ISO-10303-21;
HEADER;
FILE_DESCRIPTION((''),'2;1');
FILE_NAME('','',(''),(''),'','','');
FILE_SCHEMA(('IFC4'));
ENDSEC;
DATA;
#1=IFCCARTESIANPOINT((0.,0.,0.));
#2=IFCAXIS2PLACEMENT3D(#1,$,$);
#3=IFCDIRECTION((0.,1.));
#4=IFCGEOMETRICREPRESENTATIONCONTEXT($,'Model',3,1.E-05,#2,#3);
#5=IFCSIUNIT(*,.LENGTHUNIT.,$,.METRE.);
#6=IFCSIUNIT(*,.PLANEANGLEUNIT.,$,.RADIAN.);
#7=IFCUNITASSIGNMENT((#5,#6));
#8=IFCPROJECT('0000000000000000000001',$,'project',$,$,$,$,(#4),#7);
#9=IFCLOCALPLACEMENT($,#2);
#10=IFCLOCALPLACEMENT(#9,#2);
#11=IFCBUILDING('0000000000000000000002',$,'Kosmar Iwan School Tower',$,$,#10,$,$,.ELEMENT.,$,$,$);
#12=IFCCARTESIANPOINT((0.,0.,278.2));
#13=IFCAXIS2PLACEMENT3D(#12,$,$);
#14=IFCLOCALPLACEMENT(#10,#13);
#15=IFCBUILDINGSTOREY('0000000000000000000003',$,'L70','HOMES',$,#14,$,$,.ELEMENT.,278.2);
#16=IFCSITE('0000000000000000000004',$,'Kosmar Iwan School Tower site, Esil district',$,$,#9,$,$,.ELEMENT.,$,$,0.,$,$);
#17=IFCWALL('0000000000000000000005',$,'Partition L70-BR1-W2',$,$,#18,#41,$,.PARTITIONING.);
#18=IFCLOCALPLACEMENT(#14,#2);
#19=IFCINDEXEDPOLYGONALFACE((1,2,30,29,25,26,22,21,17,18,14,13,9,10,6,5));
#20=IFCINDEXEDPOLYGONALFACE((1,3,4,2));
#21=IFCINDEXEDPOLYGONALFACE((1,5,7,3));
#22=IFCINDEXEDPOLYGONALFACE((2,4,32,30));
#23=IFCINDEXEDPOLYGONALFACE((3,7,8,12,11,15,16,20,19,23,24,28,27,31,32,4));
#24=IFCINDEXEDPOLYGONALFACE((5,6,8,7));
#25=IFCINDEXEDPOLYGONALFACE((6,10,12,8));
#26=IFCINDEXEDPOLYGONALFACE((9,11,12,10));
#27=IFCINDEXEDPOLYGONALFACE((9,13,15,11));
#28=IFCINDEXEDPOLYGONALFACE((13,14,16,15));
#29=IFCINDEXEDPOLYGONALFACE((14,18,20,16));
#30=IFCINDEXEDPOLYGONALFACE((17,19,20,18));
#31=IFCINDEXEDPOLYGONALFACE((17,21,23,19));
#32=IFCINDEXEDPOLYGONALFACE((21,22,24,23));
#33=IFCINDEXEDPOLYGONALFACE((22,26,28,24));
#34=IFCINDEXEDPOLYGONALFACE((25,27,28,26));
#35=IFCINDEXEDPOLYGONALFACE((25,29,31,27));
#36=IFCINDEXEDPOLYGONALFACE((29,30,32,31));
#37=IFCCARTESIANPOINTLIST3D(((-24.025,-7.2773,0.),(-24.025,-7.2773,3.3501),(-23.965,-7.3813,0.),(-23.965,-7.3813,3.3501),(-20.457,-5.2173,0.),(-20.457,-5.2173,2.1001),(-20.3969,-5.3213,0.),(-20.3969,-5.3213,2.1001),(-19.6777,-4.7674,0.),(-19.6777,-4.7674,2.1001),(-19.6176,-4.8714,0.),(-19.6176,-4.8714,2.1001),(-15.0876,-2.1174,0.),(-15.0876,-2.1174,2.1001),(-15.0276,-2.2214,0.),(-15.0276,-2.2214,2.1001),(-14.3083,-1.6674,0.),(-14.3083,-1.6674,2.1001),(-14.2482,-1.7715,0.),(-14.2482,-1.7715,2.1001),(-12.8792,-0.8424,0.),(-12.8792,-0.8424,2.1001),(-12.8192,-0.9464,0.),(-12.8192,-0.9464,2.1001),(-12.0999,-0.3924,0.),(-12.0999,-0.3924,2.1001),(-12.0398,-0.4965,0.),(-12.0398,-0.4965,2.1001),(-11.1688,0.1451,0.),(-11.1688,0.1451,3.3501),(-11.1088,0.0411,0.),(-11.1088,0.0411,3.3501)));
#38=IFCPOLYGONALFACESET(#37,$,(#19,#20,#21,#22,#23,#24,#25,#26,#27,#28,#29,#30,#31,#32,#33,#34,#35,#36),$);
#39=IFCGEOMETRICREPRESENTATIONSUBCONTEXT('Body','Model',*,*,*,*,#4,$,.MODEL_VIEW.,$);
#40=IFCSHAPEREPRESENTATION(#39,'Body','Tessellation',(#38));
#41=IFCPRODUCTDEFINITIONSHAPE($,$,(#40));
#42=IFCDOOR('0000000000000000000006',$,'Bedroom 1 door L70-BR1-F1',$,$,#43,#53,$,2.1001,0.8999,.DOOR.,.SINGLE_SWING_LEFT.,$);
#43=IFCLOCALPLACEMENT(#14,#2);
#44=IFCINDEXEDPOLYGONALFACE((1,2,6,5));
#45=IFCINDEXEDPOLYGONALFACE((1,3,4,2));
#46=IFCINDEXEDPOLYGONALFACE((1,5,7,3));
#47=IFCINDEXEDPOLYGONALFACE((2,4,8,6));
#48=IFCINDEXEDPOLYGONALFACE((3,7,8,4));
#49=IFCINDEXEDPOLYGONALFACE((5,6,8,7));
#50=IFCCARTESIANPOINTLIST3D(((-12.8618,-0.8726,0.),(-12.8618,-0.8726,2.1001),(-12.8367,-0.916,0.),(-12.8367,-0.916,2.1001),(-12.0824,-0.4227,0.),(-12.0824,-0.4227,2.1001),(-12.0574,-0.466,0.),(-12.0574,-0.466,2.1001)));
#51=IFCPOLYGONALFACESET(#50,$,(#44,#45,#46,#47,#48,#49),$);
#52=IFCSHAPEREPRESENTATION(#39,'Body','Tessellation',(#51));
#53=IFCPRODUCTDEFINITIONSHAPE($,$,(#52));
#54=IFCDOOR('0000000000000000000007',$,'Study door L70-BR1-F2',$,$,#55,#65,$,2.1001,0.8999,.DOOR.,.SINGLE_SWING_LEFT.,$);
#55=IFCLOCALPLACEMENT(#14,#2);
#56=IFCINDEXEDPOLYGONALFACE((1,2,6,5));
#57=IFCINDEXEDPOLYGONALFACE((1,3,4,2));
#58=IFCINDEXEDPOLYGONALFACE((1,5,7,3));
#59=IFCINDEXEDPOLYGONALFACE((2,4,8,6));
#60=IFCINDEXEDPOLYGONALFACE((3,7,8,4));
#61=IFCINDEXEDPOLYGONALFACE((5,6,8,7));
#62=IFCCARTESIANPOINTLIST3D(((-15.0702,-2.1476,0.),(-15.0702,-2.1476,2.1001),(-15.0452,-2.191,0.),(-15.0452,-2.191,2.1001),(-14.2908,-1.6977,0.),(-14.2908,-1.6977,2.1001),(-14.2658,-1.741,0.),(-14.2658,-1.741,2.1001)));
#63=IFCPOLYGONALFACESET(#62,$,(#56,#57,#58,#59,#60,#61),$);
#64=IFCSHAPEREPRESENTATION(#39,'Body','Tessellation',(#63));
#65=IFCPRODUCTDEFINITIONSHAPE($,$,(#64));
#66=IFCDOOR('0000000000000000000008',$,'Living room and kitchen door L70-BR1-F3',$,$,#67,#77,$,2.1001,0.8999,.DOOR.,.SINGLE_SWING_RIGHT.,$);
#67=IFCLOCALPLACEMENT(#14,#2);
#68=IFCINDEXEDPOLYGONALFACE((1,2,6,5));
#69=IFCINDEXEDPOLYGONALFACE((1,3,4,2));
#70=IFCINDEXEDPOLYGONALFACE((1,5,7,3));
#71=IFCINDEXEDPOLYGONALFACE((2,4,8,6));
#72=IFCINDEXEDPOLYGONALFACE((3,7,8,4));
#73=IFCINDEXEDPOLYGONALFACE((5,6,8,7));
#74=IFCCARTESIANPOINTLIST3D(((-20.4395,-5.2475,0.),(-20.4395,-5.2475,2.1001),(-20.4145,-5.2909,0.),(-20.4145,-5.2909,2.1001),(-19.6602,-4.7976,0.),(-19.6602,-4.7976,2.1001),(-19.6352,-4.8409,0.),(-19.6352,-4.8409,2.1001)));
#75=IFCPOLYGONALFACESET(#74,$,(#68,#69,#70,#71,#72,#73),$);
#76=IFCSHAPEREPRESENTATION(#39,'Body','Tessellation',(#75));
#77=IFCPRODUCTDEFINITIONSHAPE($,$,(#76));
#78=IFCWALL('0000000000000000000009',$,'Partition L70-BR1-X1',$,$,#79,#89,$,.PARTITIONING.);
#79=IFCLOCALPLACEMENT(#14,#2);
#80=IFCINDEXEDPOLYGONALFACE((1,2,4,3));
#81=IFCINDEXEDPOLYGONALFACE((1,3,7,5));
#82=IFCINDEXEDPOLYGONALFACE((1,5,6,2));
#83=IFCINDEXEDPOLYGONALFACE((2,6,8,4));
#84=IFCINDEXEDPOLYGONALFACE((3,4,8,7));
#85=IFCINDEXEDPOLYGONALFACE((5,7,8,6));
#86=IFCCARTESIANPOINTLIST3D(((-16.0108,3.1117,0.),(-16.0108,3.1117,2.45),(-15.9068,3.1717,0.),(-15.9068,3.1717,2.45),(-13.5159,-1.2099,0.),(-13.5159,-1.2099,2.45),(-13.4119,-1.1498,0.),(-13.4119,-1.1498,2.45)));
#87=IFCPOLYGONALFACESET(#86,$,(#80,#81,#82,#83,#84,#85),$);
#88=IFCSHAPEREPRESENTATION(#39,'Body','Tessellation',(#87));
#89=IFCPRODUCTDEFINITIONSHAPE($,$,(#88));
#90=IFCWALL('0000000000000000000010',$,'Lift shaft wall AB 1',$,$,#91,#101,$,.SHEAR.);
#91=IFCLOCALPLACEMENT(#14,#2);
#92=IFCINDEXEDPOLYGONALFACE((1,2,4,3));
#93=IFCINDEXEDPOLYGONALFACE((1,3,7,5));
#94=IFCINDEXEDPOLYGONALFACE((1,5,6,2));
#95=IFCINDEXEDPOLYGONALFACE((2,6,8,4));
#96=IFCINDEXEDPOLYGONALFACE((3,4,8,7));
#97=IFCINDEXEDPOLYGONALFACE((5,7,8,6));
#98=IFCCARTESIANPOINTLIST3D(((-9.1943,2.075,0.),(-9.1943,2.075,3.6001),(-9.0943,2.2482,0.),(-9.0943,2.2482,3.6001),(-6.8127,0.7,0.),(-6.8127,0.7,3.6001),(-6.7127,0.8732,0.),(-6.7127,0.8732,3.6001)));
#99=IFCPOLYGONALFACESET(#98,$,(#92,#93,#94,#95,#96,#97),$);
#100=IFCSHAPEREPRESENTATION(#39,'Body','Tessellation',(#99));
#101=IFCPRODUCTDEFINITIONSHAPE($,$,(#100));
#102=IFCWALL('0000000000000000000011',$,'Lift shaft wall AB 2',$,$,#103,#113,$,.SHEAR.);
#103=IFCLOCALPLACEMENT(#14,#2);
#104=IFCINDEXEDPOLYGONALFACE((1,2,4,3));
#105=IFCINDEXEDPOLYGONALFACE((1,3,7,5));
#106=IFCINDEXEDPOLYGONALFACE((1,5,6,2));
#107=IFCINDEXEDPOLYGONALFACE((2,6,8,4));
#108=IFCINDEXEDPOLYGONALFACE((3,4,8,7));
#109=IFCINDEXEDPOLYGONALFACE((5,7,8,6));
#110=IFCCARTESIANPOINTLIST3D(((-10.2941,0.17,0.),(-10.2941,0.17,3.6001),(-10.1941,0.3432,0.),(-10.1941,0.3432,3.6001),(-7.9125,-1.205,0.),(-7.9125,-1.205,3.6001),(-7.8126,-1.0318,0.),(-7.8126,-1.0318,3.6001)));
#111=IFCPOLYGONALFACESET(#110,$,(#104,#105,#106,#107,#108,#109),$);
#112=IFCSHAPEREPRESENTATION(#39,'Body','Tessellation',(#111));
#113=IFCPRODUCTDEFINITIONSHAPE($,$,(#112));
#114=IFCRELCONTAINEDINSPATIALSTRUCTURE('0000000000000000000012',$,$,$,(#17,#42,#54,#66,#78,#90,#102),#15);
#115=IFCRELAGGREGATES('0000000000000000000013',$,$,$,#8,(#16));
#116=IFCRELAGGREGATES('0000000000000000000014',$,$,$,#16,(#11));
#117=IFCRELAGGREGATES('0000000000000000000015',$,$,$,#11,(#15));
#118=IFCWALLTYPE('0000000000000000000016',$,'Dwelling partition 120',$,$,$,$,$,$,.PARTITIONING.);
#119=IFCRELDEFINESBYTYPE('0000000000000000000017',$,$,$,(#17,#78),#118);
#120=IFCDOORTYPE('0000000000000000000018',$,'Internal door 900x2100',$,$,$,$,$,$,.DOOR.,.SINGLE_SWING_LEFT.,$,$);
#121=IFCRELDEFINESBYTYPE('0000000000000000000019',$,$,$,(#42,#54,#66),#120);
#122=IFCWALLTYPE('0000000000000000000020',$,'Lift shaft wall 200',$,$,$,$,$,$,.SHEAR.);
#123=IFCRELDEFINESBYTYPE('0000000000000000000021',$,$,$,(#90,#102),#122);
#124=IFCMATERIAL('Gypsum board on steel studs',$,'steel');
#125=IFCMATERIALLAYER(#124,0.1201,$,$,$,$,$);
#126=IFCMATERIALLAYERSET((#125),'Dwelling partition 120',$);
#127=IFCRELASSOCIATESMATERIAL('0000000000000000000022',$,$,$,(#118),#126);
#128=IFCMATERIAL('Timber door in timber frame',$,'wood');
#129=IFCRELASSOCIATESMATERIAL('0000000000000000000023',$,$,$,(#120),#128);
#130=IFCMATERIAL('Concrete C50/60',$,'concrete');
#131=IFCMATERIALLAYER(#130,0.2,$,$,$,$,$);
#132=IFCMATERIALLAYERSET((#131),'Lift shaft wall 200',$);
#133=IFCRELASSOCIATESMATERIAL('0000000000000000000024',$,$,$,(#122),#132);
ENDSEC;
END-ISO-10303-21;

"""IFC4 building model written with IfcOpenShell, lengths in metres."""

from ifc_helpers import new_model, si_unit, direction, frame, frame_2d, origin, place, context, subcontext, project, spatial, rectangle, extrude, material, layer, layer_set, type_object, element, fill, save


model = new_model("IFC4")

# Units and contexts
model_context = context("Model", 3, precision=1e-05, world=origin(), true_north=direction((0.0, 1.0)))
body_context = subcontext(model_context, "Body", "Model", "MODEL_VIEW")
ifc_project = project(units=[si_unit("LENGTHUNIT", "METRE"), si_unit("PLANEANGLEUNIT", "RADIAN")], contexts=[model_context])

# Site, building, storey
site_placement = place(None, origin())
site = spatial("IfcSite", under=ifc_project, at=site_placement, Name="Kosmar Iwan School Tower site, Esil district", CompositionType="ELEMENT", RefElevation=0.0)
building_placement = place(site_placement, origin())
building = spatial("IfcBuilding", under=site, at=building_placement, Name="Kosmar Iwan School Tower", CompositionType="ELEMENT")
storey_placement = place(building_placement, frame((0.0, 0.0, 278.2)))
storey = spatial("IfcBuildingStorey", under=building, at=storey_placement, Name="L70", Description="HOMES", CompositionType="ELEMENT", Elevation=278.2)

# Wall, openings, doors
ifc_material_1 = material(Name="Gypsum board on steel studs", Category="steel")
ifc_layer_1 = layer(ifc_material_1, 0.1201)
ifc_layer_set_1 = layer_set([ifc_layer_1], Name="Dwelling partition 120")
wall_type_1 = type_object("IfcWallType", Name="Dwelling partition 120", PredefinedType="PARTITIONING", material=ifc_layer_set_1)
ifc_material_2 = material(Name="Timber door in timber frame", Category="wood")
door_type_1 = type_object("IfcDoorType", Name="Internal door 900x2100", OperationType="SINGLE_SWING_LEFT", PredefinedType="DOOR", material=ifc_material_2)
wall_1_placement = place(storey_placement, frame((-11.1389, 0.093, 0.0), z_axis=(0.0, 0.0, 1.0), x_axis=(-0.86603, -0.499992, 0.0)))
wall_1 = element("IfcWall", 1, at=wall_1_placement, inside=storey, type_object=wall_type_1, Name="Partition L70-BR1-W2", PredefinedType="PARTITIONING", context=body_context, shape_type="SweptSolid", body=[
    extrude(rectangle(XDim=14.845, YDim=0.1201, at=frame_2d((7.4224, 0.0))), origin(), (0.0, 0.0, 1.0), 3.3501),
])
opening_1_placement = place(wall_1_placement, frame((1.075, 0.0, 0.0)))
opening_1 = element("IfcOpeningElement", 2, at=opening_1_placement, cuts=wall_1, PredefinedType="OPENING", context=body_context, shape_type="SweptSolid", body=[
    extrude(rectangle(XDim=0.8999, YDim=2.1001, at=frame_2d((0.45, 1.05))), frame((0.0, 0.072, 0.0), z_axis=(0.0, -1.0, 0.0), x_axis=(1.0, 0.0, 0.0)), (0.0, 0.0, 1.0), 0.144),
])
opening_2_placement = place(wall_1_placement, frame((3.625, 0.0, 0.0)))
opening_2 = element("IfcOpeningElement", 3, at=opening_2_placement, cuts=wall_1, PredefinedType="OPENING", context=body_context, shape_type="SweptSolid", body=[
    extrude(rectangle(XDim=0.8999, YDim=2.1001, at=frame_2d((0.45, 1.05))), frame((0.0, 0.072, 0.0), z_axis=(0.0, -1.0, 0.0), x_axis=(1.0, 0.0, 0.0)), (0.0, 0.0, 1.0), 0.144),
])
opening_3_placement = place(wall_1_placement, frame((9.825, 0.0, 0.0)))
opening_3 = element("IfcOpeningElement", 4, at=opening_3_placement, cuts=wall_1, PredefinedType="OPENING", context=body_context, shape_type="SweptSolid", body=[
    extrude(rectangle(XDim=0.8999, YDim=2.1001, at=frame_2d((0.45, 1.05))), frame((0.0, 0.072, 0.0), z_axis=(0.0, -1.0, 0.0), x_axis=(1.0, 0.0, 0.0)), (0.0, 0.0, 1.0), 0.144),
])
door_1_placement = place(opening_1_placement, origin())
door_1 = element("IfcDoor", 5, at=door_1_placement, inside=storey, type_object=door_type_1, Name="Bedroom 1 door L70-BR1-F1", OperationType="SINGLE_SWING_LEFT", OverallHeight=2.1001, OverallWidth=0.8999, PredefinedType="DOOR", context=body_context, shape_type="SweptSolid", body=[
    extrude(rectangle(XDim=0.8999, YDim=2.1001, at=frame_2d((0.45, 1.05))), frame((0.0, 0.0249, 0.0), z_axis=(0.0, -1.0, 0.0), x_axis=(1.0, 0.0, 0.0)), (0.0, 0.0, 1.0), 0.05),
])
fill(opening_1, door_1)
door_2_placement = place(opening_2_placement, origin())
door_2 = element("IfcDoor", 6, at=door_2_placement, inside=storey, type_object=door_type_1, Name="Study door L70-BR1-F2", OperationType="SINGLE_SWING_LEFT", OverallHeight=2.1001, OverallWidth=0.8999, PredefinedType="DOOR", context=body_context, shape_type="SweptSolid", body=[
    extrude(rectangle(XDim=0.8999, YDim=2.1001, at=frame_2d((0.45, 1.05))), frame((0.0, 0.0249, 0.0), z_axis=(0.0, -1.0, 0.0), x_axis=(1.0, 0.0, 0.0)), (0.0, 0.0, 1.0), 0.05),
])
fill(opening_2, door_2)
door_3_placement = place(opening_3_placement, origin())
door_3 = element("IfcDoor", 7, at=door_3_placement, inside=storey, type_object=door_type_1, Name="Living room and kitchen door L70-BR1-F3", OperationType="SINGLE_SWING_RIGHT", OverallHeight=2.1001, OverallWidth=0.8999, PredefinedType="DOOR", context=body_context, shape_type="SweptSolid", body=[
    extrude(rectangle(XDim=0.8999, YDim=2.1001, at=frame_2d((0.45, 1.05))), frame((0.0, 0.0249, 0.0), z_axis=(0.0, -1.0, 0.0), x_axis=(1.0, 0.0, 0.0)), (0.0, 0.0, 1.0), 0.05),
])
fill(opening_3, door_3)

# Walls
wall_2_placement = place(storey_placement, frame((-13.4639, -1.1799, 0.0), z_axis=(0.0, 0.0, 1.0), x_axis=(-0.499975, 0.86604, 0.0)))
element("IfcWall", 8, at=wall_2_placement, inside=storey, type_object=wall_type_1, Name="Partition L70-BR1-X1", PredefinedType="PARTITIONING", context=body_context, shape_type="SweptSolid", body=[
    extrude(rectangle(XDim=4.99, YDim=0.1201, at=frame_2d((2.4951, 0.0))), origin(), (0.0, 0.0, 1.0), 2.45),
])
ifc_material_3 = material(Name="Concrete C50/60", Category="concrete")
ifc_layer_2 = layer(ifc_material_3, 0.2)
ifc_layer_set_2 = layer_set([ifc_layer_2], Name="Lift shaft wall 200")
wall_type_2 = type_object("IfcWallType", Name="Lift shaft wall 200", PredefinedType="SHEAR", material=ifc_layer_set_2)
for number, where, z_axis, x_axis, name in (
    (9, (-6.7627, 0.7866, 0.0), (0.0, 0.0, 1.0), (-0.866027, 0.499997, 0.0), "Lift shaft wall AB 1"),
    (10, (-7.8625, -1.1184, 0.0), (0.0, 0.0, 1.0), (-0.866027, 0.499997, 0.0), "Lift shaft wall AB 2"),
):
    element("IfcWall", number, at=place(storey_placement, frame(where, z_axis=z_axis, x_axis=x_axis)), inside=storey, type_object=wall_type_2, Name=name, PredefinedType="SHEAR", context=body_context, shape_type="SweptSolid", body=[
        extrude(rectangle(XDim=2.75, YDim=0.2, at=frame_2d((1.375, 0.0))), origin(), (0.0, 0.0, 1.0), 3.6001),
    ])

save(model, "model.ifc")
